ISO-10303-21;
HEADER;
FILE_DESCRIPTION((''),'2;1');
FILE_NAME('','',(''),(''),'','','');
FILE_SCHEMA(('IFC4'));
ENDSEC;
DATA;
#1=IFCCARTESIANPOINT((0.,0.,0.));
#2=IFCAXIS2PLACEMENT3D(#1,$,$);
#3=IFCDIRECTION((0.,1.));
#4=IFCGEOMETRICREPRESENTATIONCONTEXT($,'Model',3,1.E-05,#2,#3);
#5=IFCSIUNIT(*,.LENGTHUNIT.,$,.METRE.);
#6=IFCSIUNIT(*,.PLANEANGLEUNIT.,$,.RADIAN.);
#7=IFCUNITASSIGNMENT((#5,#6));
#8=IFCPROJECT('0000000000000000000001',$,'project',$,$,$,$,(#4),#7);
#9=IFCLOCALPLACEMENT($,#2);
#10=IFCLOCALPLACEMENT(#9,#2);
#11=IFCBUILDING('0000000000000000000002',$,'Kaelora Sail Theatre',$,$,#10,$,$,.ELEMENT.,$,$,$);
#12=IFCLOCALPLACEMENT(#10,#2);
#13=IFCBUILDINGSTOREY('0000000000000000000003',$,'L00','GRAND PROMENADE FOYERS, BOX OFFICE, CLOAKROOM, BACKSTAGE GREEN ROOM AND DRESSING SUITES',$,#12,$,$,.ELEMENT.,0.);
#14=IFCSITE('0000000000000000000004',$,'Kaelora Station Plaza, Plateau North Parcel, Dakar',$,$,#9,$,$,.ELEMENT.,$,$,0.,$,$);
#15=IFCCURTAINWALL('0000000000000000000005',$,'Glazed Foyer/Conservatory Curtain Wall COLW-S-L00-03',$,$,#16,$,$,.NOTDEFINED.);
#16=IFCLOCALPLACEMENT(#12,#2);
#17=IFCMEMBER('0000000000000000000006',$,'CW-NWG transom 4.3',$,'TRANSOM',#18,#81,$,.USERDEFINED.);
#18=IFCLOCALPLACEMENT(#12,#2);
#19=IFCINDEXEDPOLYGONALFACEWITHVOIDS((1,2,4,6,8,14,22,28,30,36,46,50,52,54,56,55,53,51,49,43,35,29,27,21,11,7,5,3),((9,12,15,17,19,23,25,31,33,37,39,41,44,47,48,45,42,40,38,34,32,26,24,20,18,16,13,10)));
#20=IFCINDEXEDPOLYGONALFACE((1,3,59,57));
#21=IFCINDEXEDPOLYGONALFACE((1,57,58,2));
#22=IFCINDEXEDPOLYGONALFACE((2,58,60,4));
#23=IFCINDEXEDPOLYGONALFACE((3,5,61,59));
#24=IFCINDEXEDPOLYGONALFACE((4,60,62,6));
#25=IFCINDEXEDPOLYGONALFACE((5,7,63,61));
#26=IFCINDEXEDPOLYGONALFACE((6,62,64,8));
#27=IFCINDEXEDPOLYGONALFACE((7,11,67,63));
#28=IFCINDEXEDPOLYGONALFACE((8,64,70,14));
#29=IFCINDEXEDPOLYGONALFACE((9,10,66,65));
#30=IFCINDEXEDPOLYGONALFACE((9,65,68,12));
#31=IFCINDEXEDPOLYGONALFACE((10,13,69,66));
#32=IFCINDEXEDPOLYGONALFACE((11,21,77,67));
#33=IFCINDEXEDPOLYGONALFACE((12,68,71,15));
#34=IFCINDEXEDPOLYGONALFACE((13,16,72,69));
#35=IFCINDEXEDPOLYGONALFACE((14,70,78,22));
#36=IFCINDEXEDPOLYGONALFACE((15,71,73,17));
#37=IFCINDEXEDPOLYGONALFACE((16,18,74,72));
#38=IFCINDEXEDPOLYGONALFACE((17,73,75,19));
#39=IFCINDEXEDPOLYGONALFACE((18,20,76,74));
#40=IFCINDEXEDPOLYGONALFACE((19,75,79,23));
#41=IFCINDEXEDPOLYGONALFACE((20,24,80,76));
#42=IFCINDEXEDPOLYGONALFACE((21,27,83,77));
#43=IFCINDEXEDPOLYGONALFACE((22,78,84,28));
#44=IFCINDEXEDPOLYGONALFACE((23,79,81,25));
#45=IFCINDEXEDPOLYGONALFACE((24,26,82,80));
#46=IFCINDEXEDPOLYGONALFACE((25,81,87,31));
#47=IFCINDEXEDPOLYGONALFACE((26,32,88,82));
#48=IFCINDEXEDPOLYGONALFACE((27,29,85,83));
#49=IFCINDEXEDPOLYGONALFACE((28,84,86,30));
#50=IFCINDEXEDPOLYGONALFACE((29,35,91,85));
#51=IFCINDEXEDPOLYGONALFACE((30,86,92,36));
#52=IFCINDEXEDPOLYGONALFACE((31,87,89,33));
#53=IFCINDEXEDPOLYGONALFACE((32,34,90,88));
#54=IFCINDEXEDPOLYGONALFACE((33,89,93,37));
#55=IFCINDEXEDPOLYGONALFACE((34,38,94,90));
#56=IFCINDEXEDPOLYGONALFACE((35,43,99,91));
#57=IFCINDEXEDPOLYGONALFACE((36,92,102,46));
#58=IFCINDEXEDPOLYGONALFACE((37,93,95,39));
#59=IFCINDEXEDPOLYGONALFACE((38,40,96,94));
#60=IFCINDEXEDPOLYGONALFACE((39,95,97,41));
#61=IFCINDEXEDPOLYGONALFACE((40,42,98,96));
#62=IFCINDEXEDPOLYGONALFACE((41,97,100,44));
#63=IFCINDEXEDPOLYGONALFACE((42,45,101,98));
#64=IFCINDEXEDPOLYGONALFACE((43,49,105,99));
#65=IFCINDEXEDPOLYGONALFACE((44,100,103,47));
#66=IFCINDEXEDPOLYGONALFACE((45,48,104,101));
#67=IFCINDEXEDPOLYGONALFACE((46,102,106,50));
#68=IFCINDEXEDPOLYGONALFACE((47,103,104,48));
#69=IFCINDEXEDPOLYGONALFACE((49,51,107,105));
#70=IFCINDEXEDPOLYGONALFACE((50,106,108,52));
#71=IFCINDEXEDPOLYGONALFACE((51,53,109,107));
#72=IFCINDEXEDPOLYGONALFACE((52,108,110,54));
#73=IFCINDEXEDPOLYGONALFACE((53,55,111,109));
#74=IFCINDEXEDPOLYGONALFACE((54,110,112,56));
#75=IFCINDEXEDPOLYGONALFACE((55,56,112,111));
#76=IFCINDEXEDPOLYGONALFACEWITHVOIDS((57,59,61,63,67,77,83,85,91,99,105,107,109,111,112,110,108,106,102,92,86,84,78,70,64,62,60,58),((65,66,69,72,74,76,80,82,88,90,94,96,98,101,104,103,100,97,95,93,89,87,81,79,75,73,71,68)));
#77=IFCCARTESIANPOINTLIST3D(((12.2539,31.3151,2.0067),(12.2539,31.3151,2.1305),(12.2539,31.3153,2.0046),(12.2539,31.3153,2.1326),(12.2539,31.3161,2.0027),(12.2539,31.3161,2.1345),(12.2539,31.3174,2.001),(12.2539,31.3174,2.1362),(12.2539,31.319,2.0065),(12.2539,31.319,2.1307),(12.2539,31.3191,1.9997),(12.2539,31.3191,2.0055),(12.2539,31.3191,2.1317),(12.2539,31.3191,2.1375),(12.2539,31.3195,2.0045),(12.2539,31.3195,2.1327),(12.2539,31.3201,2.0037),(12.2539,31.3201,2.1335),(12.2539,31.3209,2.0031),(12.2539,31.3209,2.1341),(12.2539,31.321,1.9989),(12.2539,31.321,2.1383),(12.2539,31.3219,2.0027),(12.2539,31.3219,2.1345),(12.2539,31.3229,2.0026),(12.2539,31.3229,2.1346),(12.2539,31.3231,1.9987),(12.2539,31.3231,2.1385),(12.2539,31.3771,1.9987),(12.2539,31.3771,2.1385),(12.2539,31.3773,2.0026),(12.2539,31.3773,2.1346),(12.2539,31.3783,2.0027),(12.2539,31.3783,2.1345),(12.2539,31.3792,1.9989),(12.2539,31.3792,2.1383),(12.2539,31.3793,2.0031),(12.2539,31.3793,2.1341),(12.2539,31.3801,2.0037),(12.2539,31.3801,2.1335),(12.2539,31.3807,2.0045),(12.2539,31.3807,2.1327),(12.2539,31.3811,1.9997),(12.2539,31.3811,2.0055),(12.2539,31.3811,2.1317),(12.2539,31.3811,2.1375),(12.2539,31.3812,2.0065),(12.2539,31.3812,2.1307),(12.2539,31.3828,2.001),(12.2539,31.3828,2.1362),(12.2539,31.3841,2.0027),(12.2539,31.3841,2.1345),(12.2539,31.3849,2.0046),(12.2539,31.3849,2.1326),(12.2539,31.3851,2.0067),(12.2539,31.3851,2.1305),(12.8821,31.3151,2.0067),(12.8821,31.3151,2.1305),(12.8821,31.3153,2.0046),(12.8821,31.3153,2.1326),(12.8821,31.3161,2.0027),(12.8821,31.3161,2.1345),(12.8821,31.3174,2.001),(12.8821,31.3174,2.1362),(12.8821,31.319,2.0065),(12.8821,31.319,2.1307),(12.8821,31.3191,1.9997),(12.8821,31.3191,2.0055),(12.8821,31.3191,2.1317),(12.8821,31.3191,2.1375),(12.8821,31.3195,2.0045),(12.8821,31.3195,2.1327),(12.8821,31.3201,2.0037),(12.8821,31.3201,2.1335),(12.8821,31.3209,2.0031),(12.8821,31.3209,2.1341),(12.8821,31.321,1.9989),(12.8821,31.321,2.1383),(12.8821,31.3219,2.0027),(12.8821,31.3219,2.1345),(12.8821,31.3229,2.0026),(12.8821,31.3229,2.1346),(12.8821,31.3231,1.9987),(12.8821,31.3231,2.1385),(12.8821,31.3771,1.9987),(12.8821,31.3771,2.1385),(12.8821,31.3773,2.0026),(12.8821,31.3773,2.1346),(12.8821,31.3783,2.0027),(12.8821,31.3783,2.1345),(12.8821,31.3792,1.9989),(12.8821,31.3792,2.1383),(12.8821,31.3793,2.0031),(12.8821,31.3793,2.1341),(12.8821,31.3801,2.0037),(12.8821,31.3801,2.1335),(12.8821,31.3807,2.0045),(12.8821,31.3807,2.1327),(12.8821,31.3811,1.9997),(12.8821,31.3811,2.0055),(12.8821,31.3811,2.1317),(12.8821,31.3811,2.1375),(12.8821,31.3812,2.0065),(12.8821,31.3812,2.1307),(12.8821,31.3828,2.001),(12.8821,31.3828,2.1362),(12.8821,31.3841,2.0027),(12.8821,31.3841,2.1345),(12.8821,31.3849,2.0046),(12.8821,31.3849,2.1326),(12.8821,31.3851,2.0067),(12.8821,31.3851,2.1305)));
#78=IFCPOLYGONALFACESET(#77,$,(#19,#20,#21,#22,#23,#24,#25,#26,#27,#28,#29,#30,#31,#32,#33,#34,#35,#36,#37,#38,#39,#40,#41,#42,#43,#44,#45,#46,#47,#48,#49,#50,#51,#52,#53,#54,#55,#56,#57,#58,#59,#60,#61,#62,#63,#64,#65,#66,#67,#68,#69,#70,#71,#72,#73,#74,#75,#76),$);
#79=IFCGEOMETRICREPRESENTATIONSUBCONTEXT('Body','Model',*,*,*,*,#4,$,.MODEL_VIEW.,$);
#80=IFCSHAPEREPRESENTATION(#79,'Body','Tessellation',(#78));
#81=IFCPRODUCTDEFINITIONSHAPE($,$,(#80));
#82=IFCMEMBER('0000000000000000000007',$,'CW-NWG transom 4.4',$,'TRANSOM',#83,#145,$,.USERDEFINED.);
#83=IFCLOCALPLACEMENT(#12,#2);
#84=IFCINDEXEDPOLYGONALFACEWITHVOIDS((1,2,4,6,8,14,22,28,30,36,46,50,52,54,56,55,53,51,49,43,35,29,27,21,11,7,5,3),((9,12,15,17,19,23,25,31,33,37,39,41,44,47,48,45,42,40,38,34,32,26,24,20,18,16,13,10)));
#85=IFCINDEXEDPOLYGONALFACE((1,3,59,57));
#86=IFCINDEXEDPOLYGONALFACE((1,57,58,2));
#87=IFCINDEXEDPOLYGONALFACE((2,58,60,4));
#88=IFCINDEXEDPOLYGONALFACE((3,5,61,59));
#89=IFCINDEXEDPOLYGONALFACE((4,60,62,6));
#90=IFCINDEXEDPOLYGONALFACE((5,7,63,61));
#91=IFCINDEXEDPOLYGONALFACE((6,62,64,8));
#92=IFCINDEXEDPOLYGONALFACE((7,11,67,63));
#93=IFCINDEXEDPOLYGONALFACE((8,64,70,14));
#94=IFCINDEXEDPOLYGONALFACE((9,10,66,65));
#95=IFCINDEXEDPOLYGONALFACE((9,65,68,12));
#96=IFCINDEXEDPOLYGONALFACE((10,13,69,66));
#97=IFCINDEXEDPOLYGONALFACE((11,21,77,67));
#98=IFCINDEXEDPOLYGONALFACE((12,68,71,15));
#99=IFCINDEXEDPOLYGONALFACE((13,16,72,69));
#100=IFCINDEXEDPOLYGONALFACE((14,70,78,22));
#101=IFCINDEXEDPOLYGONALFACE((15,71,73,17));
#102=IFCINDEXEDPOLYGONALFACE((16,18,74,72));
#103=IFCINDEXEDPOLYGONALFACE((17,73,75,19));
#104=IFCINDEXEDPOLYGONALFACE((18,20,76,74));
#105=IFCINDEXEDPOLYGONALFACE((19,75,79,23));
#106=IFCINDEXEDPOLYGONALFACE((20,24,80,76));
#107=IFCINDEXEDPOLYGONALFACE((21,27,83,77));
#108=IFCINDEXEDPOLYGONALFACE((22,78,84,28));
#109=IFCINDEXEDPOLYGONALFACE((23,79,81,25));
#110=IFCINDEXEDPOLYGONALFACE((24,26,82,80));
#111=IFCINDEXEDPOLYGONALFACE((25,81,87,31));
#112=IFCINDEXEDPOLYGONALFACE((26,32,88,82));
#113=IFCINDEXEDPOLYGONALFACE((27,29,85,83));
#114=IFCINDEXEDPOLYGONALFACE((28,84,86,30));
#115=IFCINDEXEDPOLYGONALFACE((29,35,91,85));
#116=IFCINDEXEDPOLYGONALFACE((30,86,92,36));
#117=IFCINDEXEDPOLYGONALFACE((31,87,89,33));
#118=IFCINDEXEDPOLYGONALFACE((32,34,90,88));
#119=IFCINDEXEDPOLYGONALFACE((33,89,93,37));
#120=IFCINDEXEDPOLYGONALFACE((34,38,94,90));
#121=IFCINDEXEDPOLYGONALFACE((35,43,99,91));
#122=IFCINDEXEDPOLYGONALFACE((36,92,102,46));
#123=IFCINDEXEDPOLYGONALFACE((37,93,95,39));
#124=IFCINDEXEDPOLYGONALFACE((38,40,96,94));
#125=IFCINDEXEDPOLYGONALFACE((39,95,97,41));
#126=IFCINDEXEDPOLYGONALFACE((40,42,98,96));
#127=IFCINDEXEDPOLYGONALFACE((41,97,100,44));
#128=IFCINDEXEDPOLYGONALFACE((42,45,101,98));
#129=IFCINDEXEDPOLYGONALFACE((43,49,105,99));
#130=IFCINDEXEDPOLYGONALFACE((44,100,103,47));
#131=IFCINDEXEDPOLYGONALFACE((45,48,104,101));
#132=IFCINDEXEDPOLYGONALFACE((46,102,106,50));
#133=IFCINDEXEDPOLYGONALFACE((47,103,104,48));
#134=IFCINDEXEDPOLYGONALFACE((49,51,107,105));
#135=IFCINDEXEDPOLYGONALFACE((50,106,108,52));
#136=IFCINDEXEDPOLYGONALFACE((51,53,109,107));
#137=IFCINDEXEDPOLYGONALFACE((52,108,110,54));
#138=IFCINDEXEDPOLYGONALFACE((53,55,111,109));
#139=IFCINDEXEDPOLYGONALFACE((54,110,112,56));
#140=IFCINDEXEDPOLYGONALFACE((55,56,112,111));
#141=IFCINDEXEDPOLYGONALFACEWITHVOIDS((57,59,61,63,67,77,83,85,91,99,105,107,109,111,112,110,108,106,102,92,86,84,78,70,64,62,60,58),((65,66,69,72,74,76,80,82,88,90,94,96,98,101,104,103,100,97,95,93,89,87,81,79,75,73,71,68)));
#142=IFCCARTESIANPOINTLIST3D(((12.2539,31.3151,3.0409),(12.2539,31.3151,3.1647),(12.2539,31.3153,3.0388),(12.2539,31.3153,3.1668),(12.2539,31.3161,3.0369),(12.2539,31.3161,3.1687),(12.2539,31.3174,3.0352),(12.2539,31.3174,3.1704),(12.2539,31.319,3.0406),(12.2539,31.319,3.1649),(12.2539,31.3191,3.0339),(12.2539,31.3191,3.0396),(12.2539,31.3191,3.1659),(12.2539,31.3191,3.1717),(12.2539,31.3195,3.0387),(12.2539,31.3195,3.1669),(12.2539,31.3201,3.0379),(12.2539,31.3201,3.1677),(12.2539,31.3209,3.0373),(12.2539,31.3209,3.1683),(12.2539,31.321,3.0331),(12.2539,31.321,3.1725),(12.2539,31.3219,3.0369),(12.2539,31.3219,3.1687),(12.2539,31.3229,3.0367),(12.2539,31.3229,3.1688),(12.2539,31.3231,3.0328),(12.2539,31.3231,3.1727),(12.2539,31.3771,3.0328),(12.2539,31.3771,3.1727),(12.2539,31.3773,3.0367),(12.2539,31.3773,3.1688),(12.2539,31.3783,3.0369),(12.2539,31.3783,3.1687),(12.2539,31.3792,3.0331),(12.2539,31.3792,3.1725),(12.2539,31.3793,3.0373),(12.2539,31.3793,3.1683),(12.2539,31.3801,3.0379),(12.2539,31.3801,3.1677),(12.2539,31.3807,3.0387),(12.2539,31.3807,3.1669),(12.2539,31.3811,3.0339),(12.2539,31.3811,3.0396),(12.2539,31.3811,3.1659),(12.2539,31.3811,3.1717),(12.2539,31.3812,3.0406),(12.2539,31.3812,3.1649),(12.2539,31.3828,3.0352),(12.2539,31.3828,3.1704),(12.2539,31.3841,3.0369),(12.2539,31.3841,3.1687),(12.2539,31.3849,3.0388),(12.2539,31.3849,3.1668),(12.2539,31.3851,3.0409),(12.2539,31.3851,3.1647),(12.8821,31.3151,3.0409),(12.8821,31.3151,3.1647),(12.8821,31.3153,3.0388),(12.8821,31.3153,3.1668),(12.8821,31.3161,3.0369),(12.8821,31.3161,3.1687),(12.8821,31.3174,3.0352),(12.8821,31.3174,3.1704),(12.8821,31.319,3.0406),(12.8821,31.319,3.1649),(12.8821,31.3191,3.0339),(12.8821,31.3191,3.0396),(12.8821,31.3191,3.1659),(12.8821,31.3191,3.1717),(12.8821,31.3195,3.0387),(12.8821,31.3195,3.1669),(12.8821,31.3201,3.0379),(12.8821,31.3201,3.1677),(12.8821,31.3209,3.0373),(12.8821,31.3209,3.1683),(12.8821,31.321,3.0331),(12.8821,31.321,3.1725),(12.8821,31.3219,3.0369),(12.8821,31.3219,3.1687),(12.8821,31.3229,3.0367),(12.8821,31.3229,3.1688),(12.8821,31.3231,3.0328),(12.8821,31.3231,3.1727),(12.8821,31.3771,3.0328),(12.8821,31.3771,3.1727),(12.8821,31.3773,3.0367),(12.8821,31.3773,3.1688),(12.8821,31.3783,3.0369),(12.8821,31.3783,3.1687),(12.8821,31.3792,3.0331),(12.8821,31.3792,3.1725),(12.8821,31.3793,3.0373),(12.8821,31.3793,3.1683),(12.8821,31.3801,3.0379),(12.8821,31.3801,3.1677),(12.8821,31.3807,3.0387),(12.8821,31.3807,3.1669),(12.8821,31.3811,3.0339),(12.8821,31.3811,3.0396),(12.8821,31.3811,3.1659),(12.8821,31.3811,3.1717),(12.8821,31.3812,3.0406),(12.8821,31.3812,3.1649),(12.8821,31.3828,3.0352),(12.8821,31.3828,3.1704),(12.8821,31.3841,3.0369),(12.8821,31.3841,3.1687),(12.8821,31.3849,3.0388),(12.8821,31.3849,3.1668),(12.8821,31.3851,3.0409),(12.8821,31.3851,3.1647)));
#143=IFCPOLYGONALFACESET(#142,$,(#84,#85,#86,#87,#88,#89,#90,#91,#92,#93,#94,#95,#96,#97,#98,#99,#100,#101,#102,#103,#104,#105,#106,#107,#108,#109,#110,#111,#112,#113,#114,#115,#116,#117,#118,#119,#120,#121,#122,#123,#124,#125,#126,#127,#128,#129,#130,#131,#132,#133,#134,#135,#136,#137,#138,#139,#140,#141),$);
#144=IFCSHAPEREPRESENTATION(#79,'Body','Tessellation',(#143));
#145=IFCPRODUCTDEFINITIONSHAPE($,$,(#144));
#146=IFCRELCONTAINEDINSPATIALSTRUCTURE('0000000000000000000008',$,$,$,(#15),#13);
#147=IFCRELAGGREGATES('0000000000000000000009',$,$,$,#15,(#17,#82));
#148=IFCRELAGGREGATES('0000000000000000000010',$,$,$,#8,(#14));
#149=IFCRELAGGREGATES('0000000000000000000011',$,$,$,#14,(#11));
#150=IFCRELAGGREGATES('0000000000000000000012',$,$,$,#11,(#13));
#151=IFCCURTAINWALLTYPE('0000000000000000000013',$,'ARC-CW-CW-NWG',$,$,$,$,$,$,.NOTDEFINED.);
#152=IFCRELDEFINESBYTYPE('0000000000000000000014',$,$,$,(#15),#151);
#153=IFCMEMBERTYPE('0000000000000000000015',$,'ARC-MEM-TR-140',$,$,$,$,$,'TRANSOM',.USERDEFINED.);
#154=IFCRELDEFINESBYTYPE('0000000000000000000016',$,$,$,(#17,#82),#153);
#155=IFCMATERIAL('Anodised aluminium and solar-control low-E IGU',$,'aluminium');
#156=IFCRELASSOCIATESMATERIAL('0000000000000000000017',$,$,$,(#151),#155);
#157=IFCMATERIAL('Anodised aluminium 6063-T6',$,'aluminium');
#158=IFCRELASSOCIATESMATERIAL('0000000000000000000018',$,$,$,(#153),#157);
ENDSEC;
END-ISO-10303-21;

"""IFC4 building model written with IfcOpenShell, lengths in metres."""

from ifc_helpers import new_model, si_unit, direction, frame, origin, origin_2d, place, context, subcontext, project, spatial, hollow_rectangle, extrude, material, material_profile, profile_set, type_object, element, aggregate, save


model = new_model("IFC4")

# Units and contexts
model_context = context("Model", 3, precision=1e-05, world=origin(), true_north=direction((0.0, 1.0)))
body_context = subcontext(model_context, "Body", "Model", "MODEL_VIEW")
ifc_project = project(units=[si_unit("LENGTHUNIT", "METRE"), si_unit("PLANEANGLEUNIT", "RADIAN")], contexts=[model_context])

# Site, building, storey
site_placement = place(None, origin())
site = spatial("IfcSite", under=ifc_project, at=site_placement, Name="Kaelora Station Plaza, Plateau North Parcel, Dakar", CompositionType="ELEMENT", RefElevation=0.0)
building_placement = place(site_placement, origin())
building = spatial("IfcBuilding", under=site, at=building_placement, Name="Kaelora Sail Theatre", CompositionType="ELEMENT")
storey_placement = place(building_placement, origin())
storey = spatial("IfcBuildingStorey", under=building, at=storey_placement, Name="L00", Description="GRAND PROMENADE FOYERS, BOX OFFICE, CLOAKROOM, BACKSTAGE GREEN ROOM AND DRESSING SUITES", CompositionType="ELEMENT", Elevation=0.0)

# Curtain wall, members
ifc_material_1 = material(Name="Anodised aluminium and solar-control low-E IGU", Category="aluminium")
curtain_wall_type = type_object("IfcCurtainWallType", Name="ARC-CW-CW-NWG", PredefinedType="NOTDEFINED", material=ifc_material_1)
curtain_wall_1_placement = place(storey_placement, origin())
curtain_wall_1 = element("IfcCurtainWall", 1, at=curtain_wall_1_placement, inside=storey, type_object=curtain_wall_type, Name="Glazed Foyer/Conservatory Curtain Wall COLW-S-L00-03", PredefinedType="NOTDEFINED")
ifc_material_2 = material(Name="Anodised aluminium 6063-T6", Category="aluminium")
ifc_material_profile = material_profile(ifc_material_2, hollow_rectangle(XDim=0.0701, YDim=0.1399, WallThickness=0.0039, InnerFilletRadius=0.0039, OuterFilletRadius=0.0081, at=origin_2d()), Name="ALU-TRAN 70x140x4")
ifc_profile_set = profile_set([ifc_material_profile], Name="Anodised aluminium 6063-T6")
member_type = type_object("IfcMemberType", Name="ARC-MEM-TR-140", ElementType="TRANSOM", PredefinedType="USERDEFINED", material=ifc_profile_set)
member_1_placement = place(storey_placement, frame((12.2539, 31.3501, 2.0686), z_axis=(1.0, 0.0, 0.0), x_axis=(0.0, 1.0, 0.0)))
member_1 = element("IfcMember", 2, at=member_1_placement, type_object=member_type, Name="CW-NWG transom 4.3", ObjectType="TRANSOM", PredefinedType="USERDEFINED", context=body_context, shape_type="SweptSolid", body=[
    extrude(hollow_rectangle(XDim=0.0701, YDim=0.1399, WallThickness=0.0039, InnerFilletRadius=0.0039, OuterFilletRadius=0.0081, at=origin_2d()), origin(), (0.0, 0.0, 1.0), 0.6282),
])
member_2_placement = place(storey_placement, frame((12.2539, 31.3501, 3.1028), z_axis=(1.0, 0.0, 0.0), x_axis=(0.0, 1.0, 0.0)))
member_2 = element("IfcMember", 3, at=member_2_placement, type_object=member_type, Name="CW-NWG transom 4.4", ObjectType="TRANSOM", PredefinedType="USERDEFINED", context=body_context, shape_type="SweptSolid", body=[
    extrude(hollow_rectangle(XDim=0.0701, YDim=0.1399, WallThickness=0.0039, InnerFilletRadius=0.0039, OuterFilletRadius=0.0081, at=origin_2d()), origin(), (0.0, 0.0, 1.0), 0.6282),
])

aggregate(curtain_wall_1, [member_1, member_2])

save(model, "model.ifc")
